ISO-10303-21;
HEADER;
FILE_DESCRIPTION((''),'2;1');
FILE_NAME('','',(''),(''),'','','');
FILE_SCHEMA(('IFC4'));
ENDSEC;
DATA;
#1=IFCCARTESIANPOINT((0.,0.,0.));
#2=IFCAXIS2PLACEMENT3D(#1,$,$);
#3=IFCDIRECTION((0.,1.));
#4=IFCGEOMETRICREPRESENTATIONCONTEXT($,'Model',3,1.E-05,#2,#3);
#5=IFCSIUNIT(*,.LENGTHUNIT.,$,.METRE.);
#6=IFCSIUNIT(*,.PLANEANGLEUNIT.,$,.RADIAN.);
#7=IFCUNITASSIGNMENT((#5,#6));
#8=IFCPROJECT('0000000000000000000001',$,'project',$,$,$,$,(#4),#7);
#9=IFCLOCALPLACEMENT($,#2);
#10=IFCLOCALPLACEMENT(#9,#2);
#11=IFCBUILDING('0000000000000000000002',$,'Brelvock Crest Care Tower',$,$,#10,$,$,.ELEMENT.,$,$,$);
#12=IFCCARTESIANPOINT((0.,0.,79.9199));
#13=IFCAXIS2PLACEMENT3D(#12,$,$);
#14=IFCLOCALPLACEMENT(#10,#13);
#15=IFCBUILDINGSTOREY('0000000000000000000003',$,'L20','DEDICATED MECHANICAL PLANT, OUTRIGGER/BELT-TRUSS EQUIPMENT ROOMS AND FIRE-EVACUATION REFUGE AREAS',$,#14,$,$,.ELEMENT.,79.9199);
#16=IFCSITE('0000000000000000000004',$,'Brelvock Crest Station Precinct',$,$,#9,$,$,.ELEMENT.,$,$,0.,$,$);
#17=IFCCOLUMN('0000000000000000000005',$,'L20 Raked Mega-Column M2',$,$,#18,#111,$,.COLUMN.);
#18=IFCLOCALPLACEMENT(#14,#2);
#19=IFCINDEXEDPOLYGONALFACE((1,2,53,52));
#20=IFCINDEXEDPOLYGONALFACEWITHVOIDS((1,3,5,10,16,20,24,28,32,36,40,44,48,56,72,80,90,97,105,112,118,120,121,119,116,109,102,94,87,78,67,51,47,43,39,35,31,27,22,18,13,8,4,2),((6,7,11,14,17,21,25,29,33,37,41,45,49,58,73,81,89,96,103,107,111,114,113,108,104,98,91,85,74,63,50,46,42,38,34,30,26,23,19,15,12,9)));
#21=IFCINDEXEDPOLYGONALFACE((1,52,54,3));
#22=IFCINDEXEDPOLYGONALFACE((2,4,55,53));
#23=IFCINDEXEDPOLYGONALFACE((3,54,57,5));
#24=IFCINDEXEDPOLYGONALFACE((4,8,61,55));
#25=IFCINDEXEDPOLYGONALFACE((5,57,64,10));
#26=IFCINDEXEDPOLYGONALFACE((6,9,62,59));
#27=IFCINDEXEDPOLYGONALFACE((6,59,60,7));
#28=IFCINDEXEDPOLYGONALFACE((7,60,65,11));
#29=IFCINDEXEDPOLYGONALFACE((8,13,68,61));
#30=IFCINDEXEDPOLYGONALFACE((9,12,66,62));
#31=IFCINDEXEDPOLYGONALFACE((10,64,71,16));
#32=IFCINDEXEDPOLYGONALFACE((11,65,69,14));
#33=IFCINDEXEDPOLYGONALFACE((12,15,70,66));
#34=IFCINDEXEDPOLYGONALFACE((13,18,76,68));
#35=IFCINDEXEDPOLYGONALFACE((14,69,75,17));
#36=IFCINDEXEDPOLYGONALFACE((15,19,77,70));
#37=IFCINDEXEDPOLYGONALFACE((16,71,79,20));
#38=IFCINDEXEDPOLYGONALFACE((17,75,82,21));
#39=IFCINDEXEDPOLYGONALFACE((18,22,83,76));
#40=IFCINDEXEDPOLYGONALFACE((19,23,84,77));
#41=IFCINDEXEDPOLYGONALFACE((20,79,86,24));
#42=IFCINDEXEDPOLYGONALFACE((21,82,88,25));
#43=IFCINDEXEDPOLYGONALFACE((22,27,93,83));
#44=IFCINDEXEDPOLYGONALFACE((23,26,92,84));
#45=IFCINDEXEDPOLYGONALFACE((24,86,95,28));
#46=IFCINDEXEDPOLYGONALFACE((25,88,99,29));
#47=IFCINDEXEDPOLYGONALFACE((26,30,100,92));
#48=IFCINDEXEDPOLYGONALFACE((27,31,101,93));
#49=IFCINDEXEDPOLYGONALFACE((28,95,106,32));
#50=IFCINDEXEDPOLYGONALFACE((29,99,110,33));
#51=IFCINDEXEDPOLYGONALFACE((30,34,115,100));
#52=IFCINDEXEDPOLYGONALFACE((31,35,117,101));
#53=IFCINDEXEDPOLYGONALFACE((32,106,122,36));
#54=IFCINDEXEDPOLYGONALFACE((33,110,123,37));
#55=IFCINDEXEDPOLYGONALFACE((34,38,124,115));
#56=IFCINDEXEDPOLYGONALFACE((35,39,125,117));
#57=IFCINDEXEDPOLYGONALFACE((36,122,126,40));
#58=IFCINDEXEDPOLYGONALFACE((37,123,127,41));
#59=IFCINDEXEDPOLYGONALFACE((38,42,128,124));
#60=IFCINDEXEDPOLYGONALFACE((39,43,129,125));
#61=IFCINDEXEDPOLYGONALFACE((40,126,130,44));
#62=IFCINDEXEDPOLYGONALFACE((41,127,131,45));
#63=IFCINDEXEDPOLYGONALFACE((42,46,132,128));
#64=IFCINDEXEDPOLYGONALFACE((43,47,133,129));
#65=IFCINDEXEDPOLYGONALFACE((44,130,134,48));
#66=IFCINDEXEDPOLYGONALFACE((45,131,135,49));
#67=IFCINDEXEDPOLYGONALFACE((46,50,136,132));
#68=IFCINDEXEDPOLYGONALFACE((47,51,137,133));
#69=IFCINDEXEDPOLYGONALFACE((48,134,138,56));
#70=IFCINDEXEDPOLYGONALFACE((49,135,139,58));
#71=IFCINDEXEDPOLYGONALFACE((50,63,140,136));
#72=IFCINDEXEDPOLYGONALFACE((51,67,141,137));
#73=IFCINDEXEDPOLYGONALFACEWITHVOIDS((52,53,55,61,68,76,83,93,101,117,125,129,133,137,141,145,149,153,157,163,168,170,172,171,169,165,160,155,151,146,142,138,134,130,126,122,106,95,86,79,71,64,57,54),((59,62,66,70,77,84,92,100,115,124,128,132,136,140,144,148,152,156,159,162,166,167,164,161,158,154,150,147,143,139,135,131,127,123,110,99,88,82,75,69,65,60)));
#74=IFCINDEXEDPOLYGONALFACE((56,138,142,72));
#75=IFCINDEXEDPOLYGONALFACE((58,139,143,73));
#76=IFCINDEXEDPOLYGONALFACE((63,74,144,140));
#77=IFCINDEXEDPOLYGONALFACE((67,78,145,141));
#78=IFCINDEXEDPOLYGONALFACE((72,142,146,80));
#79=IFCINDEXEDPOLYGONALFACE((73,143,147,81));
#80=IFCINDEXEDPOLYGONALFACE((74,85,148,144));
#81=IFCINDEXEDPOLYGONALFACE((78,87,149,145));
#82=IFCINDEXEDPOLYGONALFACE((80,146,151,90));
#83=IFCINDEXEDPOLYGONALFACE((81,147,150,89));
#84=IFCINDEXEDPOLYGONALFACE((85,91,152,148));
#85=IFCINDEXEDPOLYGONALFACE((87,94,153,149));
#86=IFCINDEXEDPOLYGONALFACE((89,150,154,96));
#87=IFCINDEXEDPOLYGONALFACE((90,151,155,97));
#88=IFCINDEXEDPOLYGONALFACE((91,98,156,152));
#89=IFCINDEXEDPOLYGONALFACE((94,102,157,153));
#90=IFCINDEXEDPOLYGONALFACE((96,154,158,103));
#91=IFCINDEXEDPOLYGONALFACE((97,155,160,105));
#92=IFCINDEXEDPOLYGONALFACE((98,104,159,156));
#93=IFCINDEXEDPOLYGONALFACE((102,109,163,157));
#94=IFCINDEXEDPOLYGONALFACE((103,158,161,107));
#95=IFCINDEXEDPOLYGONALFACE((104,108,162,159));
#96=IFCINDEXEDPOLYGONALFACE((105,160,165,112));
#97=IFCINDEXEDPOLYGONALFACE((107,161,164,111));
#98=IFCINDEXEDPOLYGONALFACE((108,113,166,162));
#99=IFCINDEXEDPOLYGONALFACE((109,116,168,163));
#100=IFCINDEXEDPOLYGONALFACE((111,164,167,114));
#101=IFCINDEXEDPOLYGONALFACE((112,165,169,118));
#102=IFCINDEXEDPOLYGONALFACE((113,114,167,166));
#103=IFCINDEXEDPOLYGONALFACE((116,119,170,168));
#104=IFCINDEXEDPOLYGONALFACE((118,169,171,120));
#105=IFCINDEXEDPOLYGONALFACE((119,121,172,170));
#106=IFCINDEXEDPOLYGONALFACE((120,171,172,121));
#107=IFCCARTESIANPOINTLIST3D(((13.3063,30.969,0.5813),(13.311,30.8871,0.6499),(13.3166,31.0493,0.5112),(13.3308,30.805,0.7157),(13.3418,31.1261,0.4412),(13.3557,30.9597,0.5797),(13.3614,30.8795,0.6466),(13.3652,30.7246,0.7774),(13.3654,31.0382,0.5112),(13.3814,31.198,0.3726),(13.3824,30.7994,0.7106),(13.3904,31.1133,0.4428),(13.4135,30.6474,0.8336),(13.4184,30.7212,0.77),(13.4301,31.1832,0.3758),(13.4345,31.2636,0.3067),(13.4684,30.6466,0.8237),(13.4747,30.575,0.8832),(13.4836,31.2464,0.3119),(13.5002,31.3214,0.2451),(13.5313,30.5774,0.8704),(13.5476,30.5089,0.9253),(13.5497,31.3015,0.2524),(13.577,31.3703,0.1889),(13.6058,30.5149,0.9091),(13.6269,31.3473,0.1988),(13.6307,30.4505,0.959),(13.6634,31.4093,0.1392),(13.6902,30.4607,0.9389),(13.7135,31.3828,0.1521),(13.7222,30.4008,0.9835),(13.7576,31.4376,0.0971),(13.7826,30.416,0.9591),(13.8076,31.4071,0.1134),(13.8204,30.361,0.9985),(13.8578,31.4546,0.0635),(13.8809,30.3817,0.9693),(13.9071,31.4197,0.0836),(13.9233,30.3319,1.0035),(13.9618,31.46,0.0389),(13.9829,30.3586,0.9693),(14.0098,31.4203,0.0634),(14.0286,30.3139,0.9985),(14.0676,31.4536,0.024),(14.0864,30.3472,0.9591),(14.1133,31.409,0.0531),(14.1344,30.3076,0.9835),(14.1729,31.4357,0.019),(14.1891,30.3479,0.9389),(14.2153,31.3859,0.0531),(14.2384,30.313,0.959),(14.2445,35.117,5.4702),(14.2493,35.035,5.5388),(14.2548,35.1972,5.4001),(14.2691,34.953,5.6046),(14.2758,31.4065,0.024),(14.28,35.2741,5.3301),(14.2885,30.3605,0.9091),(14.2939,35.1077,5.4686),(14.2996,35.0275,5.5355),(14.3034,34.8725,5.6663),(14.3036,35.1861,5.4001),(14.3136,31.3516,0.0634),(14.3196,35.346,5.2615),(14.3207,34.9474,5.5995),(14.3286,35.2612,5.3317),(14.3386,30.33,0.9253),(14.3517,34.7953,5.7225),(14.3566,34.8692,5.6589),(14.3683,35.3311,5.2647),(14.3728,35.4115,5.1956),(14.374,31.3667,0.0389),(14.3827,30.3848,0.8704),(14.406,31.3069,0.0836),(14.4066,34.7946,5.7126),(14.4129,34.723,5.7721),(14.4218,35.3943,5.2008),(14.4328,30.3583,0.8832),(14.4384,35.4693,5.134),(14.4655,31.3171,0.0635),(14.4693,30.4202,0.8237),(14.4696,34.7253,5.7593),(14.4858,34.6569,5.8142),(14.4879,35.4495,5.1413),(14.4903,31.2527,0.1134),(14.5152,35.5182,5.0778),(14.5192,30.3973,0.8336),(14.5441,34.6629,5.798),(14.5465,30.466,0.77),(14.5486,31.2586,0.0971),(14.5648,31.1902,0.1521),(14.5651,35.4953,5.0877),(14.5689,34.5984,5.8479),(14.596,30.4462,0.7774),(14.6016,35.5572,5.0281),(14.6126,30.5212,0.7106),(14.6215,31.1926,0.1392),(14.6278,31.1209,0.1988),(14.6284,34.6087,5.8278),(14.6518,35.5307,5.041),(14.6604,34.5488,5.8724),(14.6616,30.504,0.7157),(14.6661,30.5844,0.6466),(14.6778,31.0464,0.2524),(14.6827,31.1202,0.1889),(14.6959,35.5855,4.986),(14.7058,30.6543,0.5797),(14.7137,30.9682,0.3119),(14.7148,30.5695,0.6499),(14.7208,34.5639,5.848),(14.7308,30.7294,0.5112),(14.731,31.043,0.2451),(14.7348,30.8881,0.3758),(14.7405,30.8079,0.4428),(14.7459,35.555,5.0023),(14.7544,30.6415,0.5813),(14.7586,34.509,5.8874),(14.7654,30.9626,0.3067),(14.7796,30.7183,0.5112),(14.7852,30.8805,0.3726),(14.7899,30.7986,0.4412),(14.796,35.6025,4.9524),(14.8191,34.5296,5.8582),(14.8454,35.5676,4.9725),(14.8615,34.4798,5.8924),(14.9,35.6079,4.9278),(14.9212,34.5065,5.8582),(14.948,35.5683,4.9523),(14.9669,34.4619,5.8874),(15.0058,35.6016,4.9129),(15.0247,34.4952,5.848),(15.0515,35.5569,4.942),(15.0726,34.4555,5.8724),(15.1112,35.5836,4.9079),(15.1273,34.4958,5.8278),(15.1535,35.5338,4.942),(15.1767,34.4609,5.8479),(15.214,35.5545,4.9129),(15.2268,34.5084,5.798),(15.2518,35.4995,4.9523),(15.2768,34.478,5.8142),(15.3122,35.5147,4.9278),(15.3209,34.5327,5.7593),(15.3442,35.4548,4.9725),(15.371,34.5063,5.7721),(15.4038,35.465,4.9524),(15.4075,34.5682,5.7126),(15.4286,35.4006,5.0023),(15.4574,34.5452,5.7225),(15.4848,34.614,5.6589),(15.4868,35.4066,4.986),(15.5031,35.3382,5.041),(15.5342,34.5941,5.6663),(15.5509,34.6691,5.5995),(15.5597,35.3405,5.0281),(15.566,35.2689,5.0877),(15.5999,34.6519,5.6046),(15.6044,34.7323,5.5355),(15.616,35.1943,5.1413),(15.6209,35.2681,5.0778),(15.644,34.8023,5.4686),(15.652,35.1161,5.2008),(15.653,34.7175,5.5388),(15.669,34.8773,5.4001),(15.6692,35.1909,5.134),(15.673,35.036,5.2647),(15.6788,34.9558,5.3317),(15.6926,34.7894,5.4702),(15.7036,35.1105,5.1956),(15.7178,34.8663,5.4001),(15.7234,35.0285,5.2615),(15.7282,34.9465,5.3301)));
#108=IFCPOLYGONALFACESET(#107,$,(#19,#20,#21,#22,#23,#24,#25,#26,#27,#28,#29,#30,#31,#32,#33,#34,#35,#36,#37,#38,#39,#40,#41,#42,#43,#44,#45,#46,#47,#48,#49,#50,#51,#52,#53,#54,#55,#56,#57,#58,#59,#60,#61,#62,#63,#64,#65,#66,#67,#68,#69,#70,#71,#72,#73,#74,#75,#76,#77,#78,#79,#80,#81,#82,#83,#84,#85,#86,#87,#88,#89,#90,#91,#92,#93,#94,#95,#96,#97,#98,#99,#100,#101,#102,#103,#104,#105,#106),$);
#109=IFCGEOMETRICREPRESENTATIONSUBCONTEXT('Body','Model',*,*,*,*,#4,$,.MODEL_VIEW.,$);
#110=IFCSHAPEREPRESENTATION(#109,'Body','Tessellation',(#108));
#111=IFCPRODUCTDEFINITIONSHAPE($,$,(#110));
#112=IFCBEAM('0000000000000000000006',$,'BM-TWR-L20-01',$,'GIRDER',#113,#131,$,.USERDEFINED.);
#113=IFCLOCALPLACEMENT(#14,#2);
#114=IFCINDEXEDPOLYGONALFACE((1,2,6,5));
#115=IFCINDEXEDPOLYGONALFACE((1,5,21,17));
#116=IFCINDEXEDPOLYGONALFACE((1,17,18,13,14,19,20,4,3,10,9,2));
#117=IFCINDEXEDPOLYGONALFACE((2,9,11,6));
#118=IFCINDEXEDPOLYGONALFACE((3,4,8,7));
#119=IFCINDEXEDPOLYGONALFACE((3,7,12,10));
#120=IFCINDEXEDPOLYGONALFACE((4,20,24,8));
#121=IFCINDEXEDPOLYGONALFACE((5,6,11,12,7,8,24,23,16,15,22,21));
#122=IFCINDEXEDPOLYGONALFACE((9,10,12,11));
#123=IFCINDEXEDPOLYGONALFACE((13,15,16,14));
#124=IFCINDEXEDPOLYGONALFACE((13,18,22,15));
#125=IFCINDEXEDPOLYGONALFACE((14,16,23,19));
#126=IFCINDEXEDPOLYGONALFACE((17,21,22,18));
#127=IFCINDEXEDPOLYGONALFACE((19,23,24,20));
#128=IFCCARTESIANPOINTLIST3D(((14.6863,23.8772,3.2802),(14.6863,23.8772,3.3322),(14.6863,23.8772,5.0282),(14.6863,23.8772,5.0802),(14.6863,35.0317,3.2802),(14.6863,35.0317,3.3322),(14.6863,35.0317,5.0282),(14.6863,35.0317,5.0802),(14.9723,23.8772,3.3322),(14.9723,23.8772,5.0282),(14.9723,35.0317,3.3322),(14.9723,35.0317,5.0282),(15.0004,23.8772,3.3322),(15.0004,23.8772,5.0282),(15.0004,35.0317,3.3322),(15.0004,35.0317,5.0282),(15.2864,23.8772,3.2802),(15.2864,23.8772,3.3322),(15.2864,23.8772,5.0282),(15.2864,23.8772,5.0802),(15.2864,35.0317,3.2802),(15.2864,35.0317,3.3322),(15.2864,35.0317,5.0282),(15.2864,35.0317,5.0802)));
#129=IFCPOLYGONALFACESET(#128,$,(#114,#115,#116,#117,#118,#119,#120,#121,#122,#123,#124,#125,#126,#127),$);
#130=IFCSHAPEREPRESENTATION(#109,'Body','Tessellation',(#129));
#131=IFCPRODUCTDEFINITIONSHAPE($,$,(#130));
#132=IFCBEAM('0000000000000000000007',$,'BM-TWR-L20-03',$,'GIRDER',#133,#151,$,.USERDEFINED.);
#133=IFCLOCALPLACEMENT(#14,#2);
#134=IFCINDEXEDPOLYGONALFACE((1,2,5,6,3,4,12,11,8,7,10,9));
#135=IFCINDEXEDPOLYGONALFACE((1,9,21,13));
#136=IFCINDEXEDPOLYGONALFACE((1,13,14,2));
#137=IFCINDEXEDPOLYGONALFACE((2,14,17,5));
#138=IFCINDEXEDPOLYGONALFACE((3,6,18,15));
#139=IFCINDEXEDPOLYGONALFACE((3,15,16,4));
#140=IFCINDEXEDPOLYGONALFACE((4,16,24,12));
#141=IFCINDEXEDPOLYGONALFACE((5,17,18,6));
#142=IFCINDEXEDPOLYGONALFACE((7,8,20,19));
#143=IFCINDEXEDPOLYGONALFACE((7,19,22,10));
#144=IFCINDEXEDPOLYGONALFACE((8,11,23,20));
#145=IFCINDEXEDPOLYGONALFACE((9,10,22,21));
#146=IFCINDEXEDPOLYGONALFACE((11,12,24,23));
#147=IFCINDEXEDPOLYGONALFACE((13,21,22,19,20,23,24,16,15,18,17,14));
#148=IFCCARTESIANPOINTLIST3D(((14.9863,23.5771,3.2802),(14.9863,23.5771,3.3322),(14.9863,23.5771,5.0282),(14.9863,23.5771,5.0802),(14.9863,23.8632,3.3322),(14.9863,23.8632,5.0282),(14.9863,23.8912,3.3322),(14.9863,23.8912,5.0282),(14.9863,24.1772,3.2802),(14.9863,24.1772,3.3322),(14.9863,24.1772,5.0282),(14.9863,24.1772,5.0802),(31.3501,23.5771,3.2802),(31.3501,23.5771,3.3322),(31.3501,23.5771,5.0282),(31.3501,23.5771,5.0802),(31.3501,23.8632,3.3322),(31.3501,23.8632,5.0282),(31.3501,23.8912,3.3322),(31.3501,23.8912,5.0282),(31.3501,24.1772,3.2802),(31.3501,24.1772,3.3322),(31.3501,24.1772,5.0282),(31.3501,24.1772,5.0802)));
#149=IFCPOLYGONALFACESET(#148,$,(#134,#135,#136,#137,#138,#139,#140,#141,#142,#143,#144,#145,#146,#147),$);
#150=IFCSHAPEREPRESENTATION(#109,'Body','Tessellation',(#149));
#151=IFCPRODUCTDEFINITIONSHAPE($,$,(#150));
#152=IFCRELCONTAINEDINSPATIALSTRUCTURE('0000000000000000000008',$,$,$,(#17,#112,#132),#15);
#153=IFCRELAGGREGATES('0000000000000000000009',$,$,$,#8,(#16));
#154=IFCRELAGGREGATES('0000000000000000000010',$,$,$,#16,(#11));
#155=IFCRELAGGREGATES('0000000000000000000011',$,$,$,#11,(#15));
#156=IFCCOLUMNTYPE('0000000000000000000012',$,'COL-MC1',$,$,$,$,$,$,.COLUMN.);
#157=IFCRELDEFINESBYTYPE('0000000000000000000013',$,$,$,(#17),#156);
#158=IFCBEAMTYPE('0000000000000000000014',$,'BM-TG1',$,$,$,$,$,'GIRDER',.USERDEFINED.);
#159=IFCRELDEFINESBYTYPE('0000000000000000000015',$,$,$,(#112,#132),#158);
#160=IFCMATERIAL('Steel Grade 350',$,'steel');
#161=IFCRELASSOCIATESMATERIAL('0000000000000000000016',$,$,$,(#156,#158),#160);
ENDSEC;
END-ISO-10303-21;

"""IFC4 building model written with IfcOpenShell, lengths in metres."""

from ifc_helpers import new_model, si_unit, direction, frame, origin, origin_2d, place, context, subcontext, project, spatial, hollow_circle, i_section, extrude, source, transform, mapped, material, material_profile, profile_set, type_object, element, save


model = new_model("IFC4")

# Units and contexts
model_context = context("Model", 3, precision=1e-05, world=origin(), true_north=direction((0.0, 1.0)))
body_context = subcontext(model_context, "Body", "Model", "MODEL_VIEW")
ifc_project = project(units=[si_unit("LENGTHUNIT", "METRE"), si_unit("PLANEANGLEUNIT", "RADIAN")], contexts=[model_context])

# Site, building, storey
site_placement = place(None, origin())
site = spatial("IfcSite", under=ifc_project, at=site_placement, Name="Brelvock Crest Station Precinct", CompositionType="ELEMENT", RefElevation=0.0)
building_placement = place(site_placement, origin())
building = spatial("IfcBuilding", under=site, at=building_placement, Name="Brelvock Crest Care Tower", CompositionType="ELEMENT")
storey_placement = place(building_placement, frame((0.0, 0.0, 79.9199)))
storey = spatial("IfcBuildingStorey", under=building, at=storey_placement, Name="L20", Description="DEDICATED MECHANICAL PLANT, OUTRIGGER/BELT-TRUSS EQUIPMENT ROOMS AND FIRE-EVACUATION REFUGE AREAS", CompositionType="ELEMENT", Elevation=79.9199)

# Column
ifc_material_1 = material(Name="Steel Grade 350", Category="steel")
ifc_material_profile_1 = material_profile(ifc_material_1, hollow_circle(Radius=0.75, WallThickness=0.05, at=origin_2d()), Name="CFT1500x50")
ifc_profile_set_1 = profile_set([ifc_material_profile_1], Name="Steel Grade 350")
column_type = type_object("IfcColumnType", Name="COL-MC1", PredefinedType="COLUMN", material=ifc_profile_set_1)
shared_shape_1 = source(origin(), body_context, "Body", "SweptSolid", [
    extrude(hollow_circle(Radius=0.75, WallThickness=0.05, at=origin_2d()), origin(), (0.0, 0.0, 1.0), 6.4797),
])
column_placement = place(storey_placement, frame((14.0481, 30.8838, 0.5112), z_axis=(0.144794, 0.64014, 0.754491), x_axis=(-0.97536, 0.220619, 0.0)))
element("IfcColumn", 1, at=column_placement, inside=storey, type_object=column_type, Name="L20 Raked Mega-Column M2", PredefinedType="COLUMN", context=body_context, shape_type="MappedRepresentation", body=[
    mapped(shared_shape_1, transform((0.0, 0.0, 0.0), x_axis=(1.0, 0.0, 0.0), y_axis=(0.0, 1.0, 0.0), z_axis=(0.0, 0.0, 1.0), scale=1.0)),
])

# Beams
ifc_material_profile_2 = material_profile(ifc_material_1, i_section(OverallWidth=0.6001, OverallDepth=1.8, WebThickness=0.0281, FlangeThickness=0.052, at=origin_2d()), Name="1800TG740")
ifc_profile_set_2 = profile_set([ifc_material_profile_2], Name="Steel Grade 350")
beam_type_1 = type_object("IfcBeamType", Name="BM-TG1", ElementType="GIRDER", PredefinedType="USERDEFINED", material=ifc_profile_set_2)
shared_shape_2 = source(origin(), body_context, "Body", "SweptSolid", [
    extrude(i_section(OverallWidth=0.6001, OverallDepth=1.8, WebThickness=0.0281, FlangeThickness=0.052, at=origin_2d()), origin(), (0.0, 0.0, 1.0), 11.1545),
])
beam_1_placement = place(storey_placement, frame((14.9863, 23.8772, 4.1802), z_axis=(0.0, 1.0, 0.0), x_axis=(-1.0, 0.0, 0.0)))
element("IfcBeam", 2, at=beam_1_placement, inside=storey, type_object=beam_type_1, Name="BM-TWR-L20-01", ObjectType="GIRDER", PredefinedType="USERDEFINED", context=body_context, shape_type="MappedRepresentation", body=[
    mapped(shared_shape_2, transform((0.0, 0.0, 0.0), x_axis=(1.0, 0.0, 0.0), y_axis=(0.0, 1.0, 0.0), z_axis=(0.0, 0.0, 1.0), scale=1.0)),
])
shared_shape_3 = source(origin(), body_context, "Body", "SweptSolid", [
    extrude(i_section(OverallWidth=0.6001, OverallDepth=1.8, WebThickness=0.0281, FlangeThickness=0.052, at=origin_2d()), origin(), (0.0, 0.0, 1.0), 16.3638),
])
beam_2_placement = place(storey_placement, frame((14.9863, 23.8772, 4.1802), z_axis=(1.0, 0.0, 0.0), x_axis=(0.0, 1.0, 0.0)))
element("IfcBeam", 3, at=beam_2_placement, inside=storey, type_object=beam_type_1, Name="BM-TWR-L20-03", ObjectType="GIRDER", PredefinedType="USERDEFINED", context=body_context, shape_type="MappedRepresentation", body=[
    mapped(shared_shape_3, transform((0.0, 0.0, 0.0), x_axis=(1.0, 0.0, 0.0), y_axis=(0.0, 1.0, 0.0), z_axis=(0.0, 0.0, 1.0), scale=1.0)),
])

save(model, "model.ifc")
